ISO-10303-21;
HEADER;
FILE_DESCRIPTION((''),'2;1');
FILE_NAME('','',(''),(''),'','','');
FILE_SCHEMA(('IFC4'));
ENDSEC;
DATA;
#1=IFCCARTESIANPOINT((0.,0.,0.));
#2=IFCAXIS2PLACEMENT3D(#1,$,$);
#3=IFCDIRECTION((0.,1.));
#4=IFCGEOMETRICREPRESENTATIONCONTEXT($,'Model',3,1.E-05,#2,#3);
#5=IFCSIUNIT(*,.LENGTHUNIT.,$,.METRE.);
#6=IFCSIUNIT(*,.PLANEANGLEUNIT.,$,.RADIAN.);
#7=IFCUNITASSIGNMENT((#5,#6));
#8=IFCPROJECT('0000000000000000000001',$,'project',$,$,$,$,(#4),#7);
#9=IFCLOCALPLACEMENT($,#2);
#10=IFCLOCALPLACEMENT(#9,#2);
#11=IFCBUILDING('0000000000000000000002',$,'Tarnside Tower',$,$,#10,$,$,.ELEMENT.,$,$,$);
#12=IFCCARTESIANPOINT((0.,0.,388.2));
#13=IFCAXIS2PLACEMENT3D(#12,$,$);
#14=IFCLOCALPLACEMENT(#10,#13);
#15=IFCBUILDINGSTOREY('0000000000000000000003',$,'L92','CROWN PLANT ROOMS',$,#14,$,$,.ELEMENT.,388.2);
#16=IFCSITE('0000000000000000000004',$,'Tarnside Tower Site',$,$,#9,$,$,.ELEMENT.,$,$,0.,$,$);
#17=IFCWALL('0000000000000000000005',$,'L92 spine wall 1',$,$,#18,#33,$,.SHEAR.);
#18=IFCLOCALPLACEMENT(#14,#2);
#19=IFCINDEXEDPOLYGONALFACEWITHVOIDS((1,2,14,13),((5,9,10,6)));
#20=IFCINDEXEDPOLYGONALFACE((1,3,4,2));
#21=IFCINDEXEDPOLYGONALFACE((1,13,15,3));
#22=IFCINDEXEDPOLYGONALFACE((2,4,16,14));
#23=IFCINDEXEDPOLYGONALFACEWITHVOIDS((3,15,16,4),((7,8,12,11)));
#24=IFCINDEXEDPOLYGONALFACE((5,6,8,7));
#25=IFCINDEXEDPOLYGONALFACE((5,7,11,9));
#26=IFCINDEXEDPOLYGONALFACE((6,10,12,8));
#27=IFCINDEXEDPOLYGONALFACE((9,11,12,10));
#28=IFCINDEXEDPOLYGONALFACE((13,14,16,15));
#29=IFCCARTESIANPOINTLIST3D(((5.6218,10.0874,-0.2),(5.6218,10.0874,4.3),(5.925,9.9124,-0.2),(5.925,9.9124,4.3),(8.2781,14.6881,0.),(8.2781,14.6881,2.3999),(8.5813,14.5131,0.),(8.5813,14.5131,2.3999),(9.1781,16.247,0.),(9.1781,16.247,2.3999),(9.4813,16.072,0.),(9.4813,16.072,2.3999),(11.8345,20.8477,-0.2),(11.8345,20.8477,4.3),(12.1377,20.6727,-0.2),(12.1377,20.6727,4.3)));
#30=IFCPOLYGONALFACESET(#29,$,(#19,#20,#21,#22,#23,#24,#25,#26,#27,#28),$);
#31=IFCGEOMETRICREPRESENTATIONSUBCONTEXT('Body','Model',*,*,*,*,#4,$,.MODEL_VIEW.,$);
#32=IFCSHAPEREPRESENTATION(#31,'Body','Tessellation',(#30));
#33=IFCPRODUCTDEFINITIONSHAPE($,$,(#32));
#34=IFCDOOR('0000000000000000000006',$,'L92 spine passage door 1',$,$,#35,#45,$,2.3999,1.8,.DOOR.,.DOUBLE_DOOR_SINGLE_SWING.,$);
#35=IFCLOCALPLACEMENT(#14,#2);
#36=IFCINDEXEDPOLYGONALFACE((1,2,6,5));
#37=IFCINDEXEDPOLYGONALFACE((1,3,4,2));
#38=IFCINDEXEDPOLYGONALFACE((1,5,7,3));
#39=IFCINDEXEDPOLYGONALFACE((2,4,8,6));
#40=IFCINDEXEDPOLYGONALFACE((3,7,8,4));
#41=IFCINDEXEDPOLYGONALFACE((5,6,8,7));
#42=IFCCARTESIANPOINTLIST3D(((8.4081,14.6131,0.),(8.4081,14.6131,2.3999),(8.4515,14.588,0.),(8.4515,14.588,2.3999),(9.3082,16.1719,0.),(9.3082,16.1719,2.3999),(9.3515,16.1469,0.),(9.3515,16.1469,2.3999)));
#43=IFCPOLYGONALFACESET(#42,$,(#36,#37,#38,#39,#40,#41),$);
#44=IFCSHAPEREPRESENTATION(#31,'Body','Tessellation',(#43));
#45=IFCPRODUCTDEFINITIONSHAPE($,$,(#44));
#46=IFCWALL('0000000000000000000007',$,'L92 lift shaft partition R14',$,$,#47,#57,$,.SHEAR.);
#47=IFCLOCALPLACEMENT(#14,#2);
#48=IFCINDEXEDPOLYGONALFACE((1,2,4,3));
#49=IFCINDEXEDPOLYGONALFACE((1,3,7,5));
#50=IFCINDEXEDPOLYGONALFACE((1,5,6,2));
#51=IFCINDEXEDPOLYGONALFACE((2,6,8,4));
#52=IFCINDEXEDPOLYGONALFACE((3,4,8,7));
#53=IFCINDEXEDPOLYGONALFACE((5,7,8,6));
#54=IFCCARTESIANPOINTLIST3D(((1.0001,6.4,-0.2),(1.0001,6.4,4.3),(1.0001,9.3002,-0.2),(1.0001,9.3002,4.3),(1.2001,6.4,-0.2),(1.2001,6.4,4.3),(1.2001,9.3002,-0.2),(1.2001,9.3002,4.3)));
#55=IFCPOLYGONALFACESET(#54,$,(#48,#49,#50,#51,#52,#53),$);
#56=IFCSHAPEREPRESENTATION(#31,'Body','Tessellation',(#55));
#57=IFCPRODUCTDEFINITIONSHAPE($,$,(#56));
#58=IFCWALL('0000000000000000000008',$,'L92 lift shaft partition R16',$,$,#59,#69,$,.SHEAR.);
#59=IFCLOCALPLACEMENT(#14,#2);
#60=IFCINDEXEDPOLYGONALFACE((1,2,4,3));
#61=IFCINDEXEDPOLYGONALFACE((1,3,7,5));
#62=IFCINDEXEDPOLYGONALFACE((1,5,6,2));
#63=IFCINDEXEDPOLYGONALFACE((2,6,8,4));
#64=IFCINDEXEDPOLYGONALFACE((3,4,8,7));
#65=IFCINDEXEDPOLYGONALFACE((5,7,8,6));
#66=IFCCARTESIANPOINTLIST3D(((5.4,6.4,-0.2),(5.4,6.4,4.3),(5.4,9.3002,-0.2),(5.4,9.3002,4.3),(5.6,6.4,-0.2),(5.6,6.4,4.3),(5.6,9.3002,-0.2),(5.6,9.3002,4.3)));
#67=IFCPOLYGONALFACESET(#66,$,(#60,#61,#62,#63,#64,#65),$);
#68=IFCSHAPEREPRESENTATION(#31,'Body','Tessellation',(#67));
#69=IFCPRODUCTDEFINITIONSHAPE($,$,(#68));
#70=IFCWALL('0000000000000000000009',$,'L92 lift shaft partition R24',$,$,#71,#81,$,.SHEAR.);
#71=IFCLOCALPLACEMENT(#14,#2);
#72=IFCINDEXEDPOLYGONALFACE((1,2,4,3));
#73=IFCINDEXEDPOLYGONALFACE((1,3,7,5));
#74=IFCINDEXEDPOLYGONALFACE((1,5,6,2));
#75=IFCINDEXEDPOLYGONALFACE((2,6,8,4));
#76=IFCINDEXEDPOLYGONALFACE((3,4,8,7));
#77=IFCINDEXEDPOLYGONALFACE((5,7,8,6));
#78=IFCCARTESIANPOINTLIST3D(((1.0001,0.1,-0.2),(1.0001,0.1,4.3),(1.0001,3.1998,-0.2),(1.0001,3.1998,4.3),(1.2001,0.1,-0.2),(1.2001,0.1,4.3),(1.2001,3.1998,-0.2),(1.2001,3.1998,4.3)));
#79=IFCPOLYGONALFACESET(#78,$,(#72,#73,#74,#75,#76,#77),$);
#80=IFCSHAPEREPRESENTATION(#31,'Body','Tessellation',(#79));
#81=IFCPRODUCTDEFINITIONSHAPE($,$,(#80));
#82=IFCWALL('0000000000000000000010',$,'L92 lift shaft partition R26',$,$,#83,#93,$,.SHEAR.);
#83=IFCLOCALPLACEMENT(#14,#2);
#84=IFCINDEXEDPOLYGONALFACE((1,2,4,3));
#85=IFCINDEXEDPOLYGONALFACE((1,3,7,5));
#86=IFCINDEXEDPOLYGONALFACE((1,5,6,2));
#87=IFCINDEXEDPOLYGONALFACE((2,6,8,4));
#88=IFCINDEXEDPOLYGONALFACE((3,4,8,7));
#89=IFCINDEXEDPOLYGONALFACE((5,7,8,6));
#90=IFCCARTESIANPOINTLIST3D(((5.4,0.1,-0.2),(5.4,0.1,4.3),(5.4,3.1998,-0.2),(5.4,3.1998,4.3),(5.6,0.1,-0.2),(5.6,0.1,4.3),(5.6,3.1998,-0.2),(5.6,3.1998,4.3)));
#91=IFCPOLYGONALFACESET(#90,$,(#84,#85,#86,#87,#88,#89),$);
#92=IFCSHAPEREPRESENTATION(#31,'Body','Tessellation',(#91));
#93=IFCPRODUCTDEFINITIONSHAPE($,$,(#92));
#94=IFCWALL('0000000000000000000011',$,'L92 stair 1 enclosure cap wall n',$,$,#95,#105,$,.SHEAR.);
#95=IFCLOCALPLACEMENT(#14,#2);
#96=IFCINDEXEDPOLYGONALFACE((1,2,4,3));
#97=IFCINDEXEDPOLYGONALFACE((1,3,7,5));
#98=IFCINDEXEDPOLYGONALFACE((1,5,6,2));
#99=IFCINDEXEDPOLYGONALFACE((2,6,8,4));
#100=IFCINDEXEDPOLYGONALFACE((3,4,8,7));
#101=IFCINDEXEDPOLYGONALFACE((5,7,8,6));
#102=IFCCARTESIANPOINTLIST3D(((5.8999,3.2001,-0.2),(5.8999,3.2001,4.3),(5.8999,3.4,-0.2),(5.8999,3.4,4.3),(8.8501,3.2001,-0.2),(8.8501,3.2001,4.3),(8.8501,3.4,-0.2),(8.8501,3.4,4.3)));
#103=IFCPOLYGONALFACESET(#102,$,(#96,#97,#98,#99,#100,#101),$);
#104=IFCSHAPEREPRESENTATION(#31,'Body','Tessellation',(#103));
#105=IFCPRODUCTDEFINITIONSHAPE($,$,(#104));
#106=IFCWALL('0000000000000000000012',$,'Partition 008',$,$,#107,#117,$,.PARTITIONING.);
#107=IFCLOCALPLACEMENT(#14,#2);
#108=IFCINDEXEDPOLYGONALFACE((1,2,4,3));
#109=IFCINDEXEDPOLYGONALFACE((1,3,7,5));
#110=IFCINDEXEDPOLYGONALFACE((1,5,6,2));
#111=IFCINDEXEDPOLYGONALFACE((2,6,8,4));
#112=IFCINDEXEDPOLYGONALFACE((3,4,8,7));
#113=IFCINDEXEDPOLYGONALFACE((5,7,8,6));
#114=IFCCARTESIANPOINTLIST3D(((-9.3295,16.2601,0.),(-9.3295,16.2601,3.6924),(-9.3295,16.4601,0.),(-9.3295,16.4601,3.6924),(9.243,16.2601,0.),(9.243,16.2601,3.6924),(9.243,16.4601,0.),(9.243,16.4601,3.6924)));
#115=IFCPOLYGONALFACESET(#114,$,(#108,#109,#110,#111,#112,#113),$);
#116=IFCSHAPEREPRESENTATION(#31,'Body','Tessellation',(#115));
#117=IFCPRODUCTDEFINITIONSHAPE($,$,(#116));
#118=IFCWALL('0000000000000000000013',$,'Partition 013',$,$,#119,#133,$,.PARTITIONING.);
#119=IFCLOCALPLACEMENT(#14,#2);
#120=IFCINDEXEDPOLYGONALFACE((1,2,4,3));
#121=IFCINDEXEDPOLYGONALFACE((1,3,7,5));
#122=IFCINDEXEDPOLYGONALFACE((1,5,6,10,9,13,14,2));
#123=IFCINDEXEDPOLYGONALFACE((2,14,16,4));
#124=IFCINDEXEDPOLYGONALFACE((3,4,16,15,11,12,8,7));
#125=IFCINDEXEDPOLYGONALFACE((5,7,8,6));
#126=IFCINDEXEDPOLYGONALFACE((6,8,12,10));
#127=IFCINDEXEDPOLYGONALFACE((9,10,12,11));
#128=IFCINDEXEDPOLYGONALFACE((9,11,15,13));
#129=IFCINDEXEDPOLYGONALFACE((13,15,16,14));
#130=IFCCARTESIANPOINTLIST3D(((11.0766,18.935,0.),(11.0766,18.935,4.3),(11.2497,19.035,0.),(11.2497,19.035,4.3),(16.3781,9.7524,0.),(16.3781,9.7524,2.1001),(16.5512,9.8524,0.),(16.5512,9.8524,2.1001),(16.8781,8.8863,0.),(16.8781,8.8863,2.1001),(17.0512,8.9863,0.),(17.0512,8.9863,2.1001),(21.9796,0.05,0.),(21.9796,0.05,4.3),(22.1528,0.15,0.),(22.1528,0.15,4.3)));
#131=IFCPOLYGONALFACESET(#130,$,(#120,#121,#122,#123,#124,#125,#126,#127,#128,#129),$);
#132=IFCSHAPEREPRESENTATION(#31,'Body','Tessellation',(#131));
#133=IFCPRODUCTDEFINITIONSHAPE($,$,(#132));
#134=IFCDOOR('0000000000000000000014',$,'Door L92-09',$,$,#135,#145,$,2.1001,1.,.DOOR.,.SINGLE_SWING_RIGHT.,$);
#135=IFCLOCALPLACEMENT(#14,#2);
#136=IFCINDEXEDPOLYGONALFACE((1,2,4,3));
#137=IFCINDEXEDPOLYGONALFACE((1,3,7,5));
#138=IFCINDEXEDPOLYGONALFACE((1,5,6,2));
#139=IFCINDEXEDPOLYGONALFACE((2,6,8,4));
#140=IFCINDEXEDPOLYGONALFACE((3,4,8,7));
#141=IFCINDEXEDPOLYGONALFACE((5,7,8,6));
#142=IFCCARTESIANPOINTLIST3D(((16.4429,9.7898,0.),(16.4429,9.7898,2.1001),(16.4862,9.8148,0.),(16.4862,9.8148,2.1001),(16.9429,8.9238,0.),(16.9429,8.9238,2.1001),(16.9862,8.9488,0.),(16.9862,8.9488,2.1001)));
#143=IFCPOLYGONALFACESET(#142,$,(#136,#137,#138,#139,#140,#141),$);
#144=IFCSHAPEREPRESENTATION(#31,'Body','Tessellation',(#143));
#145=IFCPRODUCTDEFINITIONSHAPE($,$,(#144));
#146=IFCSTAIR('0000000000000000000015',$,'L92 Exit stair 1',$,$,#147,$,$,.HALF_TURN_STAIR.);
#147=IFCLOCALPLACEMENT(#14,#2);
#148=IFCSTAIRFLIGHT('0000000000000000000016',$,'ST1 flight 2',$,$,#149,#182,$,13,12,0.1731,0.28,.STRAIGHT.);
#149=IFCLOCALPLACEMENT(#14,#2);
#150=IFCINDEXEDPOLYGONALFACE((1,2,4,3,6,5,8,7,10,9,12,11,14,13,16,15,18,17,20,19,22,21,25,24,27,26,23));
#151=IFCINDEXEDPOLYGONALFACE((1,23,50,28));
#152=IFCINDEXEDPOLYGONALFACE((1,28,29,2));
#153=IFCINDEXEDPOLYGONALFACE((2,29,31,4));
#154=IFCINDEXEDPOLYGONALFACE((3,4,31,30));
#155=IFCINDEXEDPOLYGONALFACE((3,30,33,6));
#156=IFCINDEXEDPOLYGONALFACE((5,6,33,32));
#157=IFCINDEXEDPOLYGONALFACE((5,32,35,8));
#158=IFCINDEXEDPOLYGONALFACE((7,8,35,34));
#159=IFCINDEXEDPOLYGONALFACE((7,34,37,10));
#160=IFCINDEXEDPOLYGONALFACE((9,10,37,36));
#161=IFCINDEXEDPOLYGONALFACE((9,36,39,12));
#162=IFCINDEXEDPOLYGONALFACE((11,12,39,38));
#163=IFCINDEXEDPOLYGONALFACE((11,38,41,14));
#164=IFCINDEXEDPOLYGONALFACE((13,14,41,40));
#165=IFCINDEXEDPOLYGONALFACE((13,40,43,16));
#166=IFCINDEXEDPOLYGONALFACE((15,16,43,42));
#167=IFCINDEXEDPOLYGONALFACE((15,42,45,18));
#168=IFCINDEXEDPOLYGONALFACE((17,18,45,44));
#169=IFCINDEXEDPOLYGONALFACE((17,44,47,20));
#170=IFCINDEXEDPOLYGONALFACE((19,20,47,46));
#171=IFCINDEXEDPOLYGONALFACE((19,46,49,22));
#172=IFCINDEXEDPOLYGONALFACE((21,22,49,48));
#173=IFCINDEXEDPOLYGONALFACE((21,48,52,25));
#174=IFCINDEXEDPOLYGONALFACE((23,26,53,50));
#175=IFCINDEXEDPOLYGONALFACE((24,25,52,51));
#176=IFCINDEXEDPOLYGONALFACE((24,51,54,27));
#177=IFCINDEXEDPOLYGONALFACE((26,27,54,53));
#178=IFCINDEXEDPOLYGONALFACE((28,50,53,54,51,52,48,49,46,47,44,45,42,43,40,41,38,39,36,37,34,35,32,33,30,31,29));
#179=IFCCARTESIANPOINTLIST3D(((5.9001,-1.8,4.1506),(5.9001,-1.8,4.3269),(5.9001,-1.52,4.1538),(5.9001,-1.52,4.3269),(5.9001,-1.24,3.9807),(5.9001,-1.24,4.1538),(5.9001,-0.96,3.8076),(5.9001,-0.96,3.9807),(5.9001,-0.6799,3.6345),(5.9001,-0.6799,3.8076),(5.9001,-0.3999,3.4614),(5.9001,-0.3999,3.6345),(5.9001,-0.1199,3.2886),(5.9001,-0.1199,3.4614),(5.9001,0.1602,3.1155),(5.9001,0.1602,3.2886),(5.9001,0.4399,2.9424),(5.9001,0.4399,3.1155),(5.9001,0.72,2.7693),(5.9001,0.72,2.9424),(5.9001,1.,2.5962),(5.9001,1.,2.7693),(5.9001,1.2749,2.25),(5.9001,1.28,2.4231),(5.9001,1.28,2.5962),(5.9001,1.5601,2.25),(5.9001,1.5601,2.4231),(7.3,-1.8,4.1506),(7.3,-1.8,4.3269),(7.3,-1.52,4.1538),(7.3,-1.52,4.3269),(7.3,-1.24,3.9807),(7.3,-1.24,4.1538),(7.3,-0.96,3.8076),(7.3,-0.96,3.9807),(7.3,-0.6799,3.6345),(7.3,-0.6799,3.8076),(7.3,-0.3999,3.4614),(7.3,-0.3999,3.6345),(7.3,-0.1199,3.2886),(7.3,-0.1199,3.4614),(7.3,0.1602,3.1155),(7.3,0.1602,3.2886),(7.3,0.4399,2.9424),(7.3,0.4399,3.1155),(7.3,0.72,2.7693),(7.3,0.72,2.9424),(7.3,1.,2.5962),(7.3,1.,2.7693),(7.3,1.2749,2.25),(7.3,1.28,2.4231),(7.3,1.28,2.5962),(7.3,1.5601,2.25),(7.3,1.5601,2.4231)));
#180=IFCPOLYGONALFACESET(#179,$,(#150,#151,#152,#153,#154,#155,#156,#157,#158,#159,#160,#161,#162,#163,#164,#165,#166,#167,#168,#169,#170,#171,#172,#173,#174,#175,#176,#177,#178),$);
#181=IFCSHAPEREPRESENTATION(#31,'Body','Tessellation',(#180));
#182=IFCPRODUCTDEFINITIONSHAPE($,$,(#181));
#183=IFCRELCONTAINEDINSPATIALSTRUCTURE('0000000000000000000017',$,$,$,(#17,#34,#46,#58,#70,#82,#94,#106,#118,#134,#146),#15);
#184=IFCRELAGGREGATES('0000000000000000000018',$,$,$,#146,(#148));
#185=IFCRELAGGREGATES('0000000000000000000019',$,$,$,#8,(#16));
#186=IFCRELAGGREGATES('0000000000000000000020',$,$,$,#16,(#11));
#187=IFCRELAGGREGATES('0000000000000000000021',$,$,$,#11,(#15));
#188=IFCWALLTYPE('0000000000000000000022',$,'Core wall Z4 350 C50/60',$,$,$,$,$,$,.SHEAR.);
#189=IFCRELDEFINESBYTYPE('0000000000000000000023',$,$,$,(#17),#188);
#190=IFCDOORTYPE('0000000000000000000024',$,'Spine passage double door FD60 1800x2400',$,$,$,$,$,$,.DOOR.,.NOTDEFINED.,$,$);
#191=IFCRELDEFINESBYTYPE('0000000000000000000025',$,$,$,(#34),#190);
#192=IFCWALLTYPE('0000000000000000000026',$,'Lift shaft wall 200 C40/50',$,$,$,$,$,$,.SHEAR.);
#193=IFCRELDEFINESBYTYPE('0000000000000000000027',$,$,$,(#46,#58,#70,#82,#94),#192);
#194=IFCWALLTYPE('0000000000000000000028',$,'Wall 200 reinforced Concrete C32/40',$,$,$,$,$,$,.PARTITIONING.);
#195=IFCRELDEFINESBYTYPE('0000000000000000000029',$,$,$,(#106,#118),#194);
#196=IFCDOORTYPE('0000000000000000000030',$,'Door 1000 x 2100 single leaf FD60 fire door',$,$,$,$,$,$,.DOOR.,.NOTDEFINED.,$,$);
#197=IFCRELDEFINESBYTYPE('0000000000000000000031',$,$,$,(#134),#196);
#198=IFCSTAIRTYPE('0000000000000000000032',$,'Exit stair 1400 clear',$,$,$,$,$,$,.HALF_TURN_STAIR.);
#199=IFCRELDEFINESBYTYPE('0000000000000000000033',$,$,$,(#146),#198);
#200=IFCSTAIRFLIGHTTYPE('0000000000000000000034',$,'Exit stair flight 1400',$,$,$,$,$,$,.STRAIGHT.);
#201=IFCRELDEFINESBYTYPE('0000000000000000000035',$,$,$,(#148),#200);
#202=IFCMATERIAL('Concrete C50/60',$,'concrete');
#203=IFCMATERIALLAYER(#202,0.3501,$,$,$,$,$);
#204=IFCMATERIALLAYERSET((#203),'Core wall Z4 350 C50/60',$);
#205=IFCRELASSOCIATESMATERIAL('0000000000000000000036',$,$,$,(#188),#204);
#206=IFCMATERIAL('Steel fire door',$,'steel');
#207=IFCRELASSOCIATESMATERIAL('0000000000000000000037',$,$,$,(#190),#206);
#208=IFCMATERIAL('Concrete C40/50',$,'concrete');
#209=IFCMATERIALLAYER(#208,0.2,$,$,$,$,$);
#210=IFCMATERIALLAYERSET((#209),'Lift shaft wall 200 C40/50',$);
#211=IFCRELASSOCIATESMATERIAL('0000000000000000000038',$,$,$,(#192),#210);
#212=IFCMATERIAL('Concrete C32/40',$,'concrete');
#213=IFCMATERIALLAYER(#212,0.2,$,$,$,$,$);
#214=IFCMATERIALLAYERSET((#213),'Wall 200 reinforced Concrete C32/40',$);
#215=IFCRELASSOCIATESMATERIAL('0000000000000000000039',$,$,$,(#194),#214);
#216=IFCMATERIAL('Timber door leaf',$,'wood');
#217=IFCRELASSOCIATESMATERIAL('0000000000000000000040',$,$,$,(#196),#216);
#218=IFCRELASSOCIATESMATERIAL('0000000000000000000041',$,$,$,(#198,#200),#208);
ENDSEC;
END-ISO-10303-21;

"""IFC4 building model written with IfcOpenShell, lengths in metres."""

from ifc_helpers import new_model, si_unit, direction, frame, frame_2d, origin, place, context, subcontext, project, spatial, polyline, rectangle, outline, extrude, material, layer, layer_set, type_object, element, fill, aggregate, save


model = new_model("IFC4")

# Units and contexts
model_context = context("Model", 3, precision=1e-05, world=origin(), true_north=direction((0.0, 1.0)))
body_context = subcontext(model_context, "Body", "Model", "MODEL_VIEW")
ifc_project = project(units=[si_unit("LENGTHUNIT", "METRE"), si_unit("PLANEANGLEUNIT", "RADIAN")], contexts=[model_context])

# Site, building, storey
site_placement = place(None, origin())
site = spatial("IfcSite", under=ifc_project, at=site_placement, Name="Tarnside Tower Site", CompositionType="ELEMENT", RefElevation=0.0)
building_placement = place(site_placement, origin())
building = spatial("IfcBuilding", under=site, at=building_placement, Name="Tarnside Tower", CompositionType="ELEMENT")
storey_placement = place(building_placement, frame((0.0, 0.0, 388.2)))
storey = spatial("IfcBuildingStorey", under=building, at=storey_placement, Name="L92", Description="CROWN PLANT ROOMS", CompositionType="ELEMENT", Elevation=388.2)

# Shared definitions
ifc_material_1 = material(Name="Concrete C40/50", Category="concrete")

# Shared definitions
ifc_material_2 = material(Name="Concrete C50/60", Category="concrete")
ifc_layer_1 = layer(ifc_material_2, 0.3501)
ifc_layer_set_1 = layer_set([ifc_layer_1], Name="Core wall Z4 350 C50/60")
wall_type_1 = type_object("IfcWallType", Name="Core wall Z4 350 C50/60", PredefinedType="SHEAR", material=ifc_layer_set_1)
ifc_material_3 = material(Name="Steel fire door", Category="steel")

# Wall, opening, door
wall_1_placement = place(storey_placement, frame((5.7734, 10.0, -0.2), z_axis=(0.0, 0.0, 1.0), x_axis=(0.500013, 0.866018, 0.0)))
wall_1 = element("IfcWall", 1, at=wall_1_placement, inside=storey, type_object=wall_type_1, Name="L92 spine wall 1", PredefinedType="SHEAR", context=body_context, shape_type="SweptSolid", body=[
    extrude(rectangle(XDim=12.425, YDim=0.3501, at=frame_2d((6.2124, 0.0))), origin(), (0.0, 0.0, 1.0), 4.5),
])
opening_1_placement = place(wall_1_placement, frame((5.3125, 0.0, 0.2)))
opening_1 = element("IfcOpeningElement", 2, at=opening_1_placement, cuts=wall_1, PredefinedType="OPENING", context=body_context, shape_type="SweptSolid", body=[
    extrude(rectangle(XDim=1.8, YDim=2.3999, at=frame_2d((0.8999, 1.2))), frame((0.0, 0.1851, 0.0), z_axis=(0.0, -1.0, 0.0), x_axis=(1.0, 0.0, 0.0)), (0.0, 0.0, 1.0), 0.3701),
])
door_type_1 = type_object("IfcDoorType", Name="Spine passage double door FD60 1800x2400", OperationType="NOTDEFINED", PredefinedType="DOOR", material=ifc_material_3)
door_1_placement = place(opening_1_placement, origin())
door_1 = element("IfcDoor", 3, at=door_1_placement, inside=storey, type_object=door_type_1, Name="L92 spine passage door 1", OperationType="DOUBLE_DOOR_SINGLE_SWING", OverallHeight=2.3999, OverallWidth=1.8, PredefinedType="DOOR", context=body_context, shape_type="SweptSolid", body=[
    extrude(rectangle(XDim=1.8, YDim=2.3999, at=frame_2d((0.8999, 1.2))), frame((0.0, 0.0249, 0.0), z_axis=(0.0, -1.0, 0.0), x_axis=(1.0, 0.0, 0.0)), (0.0, 0.0, 1.0), 0.05),
])
fill(opening_1, door_1)

# Walls
ifc_layer_2 = layer(ifc_material_1, 0.2)
ifc_layer_set_2 = layer_set([ifc_layer_2], Name="Lift shaft wall 200 C40/50")
wall_type_2 = type_object("IfcWallType", Name="Lift shaft wall 200 C40/50", PredefinedType="SHEAR", material=ifc_layer_set_2)
for number, where, z_axis, x_axis, name in (
    (4, (1.1001, 6.3999, -0.2), (0.0, 0.0, 1.0), (0.0, 1.0, 0.0), "L92 lift shaft partition R14"),
    (5, (5.5, 6.3999, -0.2), (0.0, 0.0, 1.0), (0.0, 1.0, 0.0), "L92 lift shaft partition R16"),
):
    element("IfcWall", number, at=place(storey_placement, frame(where, z_axis=z_axis, x_axis=x_axis)), inside=storey, type_object=wall_type_2, Name=name, PredefinedType="SHEAR", context=body_context, shape_type="SweptSolid", body=[
        extrude(rectangle(XDim=2.9001, YDim=0.2, at=frame_2d((1.4502, 0.0))), origin(), (0.0, 0.0, 1.0), 4.5),
    ])
for number, where, z_axis, x_axis, name in (
    (6, (1.1001, 0.1001, -0.2), (0.0, 0.0, 1.0), (0.0, 1.0, 0.0), "L92 lift shaft partition R24"),
    (7, (5.5, 0.1001, -0.2), (0.0, 0.0, 1.0), (0.0, 1.0, 0.0), "L92 lift shaft partition R26"),
):
    element("IfcWall", number, at=place(storey_placement, frame(where, z_axis=z_axis, x_axis=x_axis)), inside=storey, type_object=wall_type_2, Name=name, PredefinedType="SHEAR", context=body_context, shape_type="SweptSolid", body=[
        extrude(rectangle(XDim=3.0999, YDim=0.2, at=frame_2d((1.5498, 0.0))), origin(), (0.0, 0.0, 1.0), 4.5),
    ])
wall_2_placement = place(storey_placement, frame((5.8999, 3.3, -0.2), z_axis=(0.0, 0.0, 1.0), x_axis=(1.0, 0.0, 0.0)))
element("IfcWall", 8, at=wall_2_placement, inside=storey, type_object=wall_type_2, Name="L92 stair 1 enclosure cap wall n", PredefinedType="SHEAR", context=body_context, shape_type="SweptSolid", body=[
    extrude(rectangle(XDim=2.9502, YDim=0.2, at=frame_2d((1.4751, 0.0))), origin(), (0.0, 0.0, 1.0), 4.5),
])
ifc_material_4 = material(Name="Concrete C32/40", Category="concrete")
ifc_layer_3 = layer(ifc_material_4, 0.2)
ifc_layer_set_3 = layer_set([ifc_layer_3], Name="Wall 200 reinforced Concrete C32/40")
wall_type_3 = type_object("IfcWallType", Name="Wall 200 reinforced Concrete C32/40", PredefinedType="PARTITIONING", material=ifc_layer_set_3)
wall_3_placement = place(storey_placement, frame((9.2429, 16.3601, 0.0), z_axis=(0.0, 0.0, 1.0), x_axis=(-1.0, 0.0, 0.0)))
element("IfcWall", 9, at=wall_3_placement, inside=storey, type_object=wall_type_3, Name="Partition 008", PredefinedType="PARTITIONING", context=body_context, shape_type="SweptSolid", body=[
    extrude(rectangle(XDim=18.5725, YDim=0.2, at=frame_2d((9.2861, 0.0))), origin(), (0.0, 0.0, 1.0), 3.6924),
])

# Wall, opening, door
wall_4_placement = place(storey_placement, frame((11.1631, 18.9851, 0.0), z_axis=(0.0, 0.0, 1.0), x_axis=(0.499993, -0.866029, 0.0)))
wall_4 = element("IfcWall", 10, at=wall_4_placement, inside=storey, type_object=wall_type_3, Name="Partition 013", PredefinedType="PARTITIONING", context=body_context, shape_type="SweptSolid", body=[
    extrude(rectangle(XDim=21.8064, YDim=0.2, at=frame_2d((10.9033, 0.0))), origin(), (0.0, 0.0, 1.0), 4.3),
])
opening_2_placement = place(wall_4_placement, frame((10.6033, 0.0, 0.0)))
opening_2 = element("IfcOpeningElement", 11, at=opening_2_placement, cuts=wall_4, PredefinedType="OPENING", context=body_context, shape_type="SweptSolid", body=[
    extrude(rectangle(XDim=1.0, YDim=2.1001, at=frame_2d((0.5, 1.05))), frame((0.0, 0.1099, 0.0), z_axis=(0.0, -1.0, 0.0), x_axis=(1.0, 0.0, 0.0)), (0.0, 0.0, 1.0), 0.22),
])
ifc_material_5 = material(Name="Timber door leaf", Category="wood")
door_type_2 = type_object("IfcDoorType", Name="Door 1000 x 2100 single leaf FD60 fire door", OperationType="NOTDEFINED", PredefinedType="DOOR", material=ifc_material_5)
door_2_placement = place(opening_2_placement, origin())
door_2 = element("IfcDoor", 12, at=door_2_placement, inside=storey, type_object=door_type_2, Name="Door L92-09", OperationType="SINGLE_SWING_RIGHT", OverallHeight=2.1001, OverallWidth=1.0, PredefinedType="DOOR", context=body_context, shape_type="SweptSolid", body=[
    extrude(rectangle(XDim=1.0, YDim=2.1001, at=frame_2d((0.5, 1.05))), frame((0.0, 0.0249, 0.0), z_axis=(0.0, -1.0, 0.0), x_axis=(1.0, 0.0, 0.0)), (0.0, 0.0, 1.0), 0.05),
])
fill(opening_2, door_2)

# Stair, stair flight
stair_type = type_object("IfcStairType", Name="Exit stair 1400 clear", PredefinedType="HALF_TURN_STAIR", material=ifc_material_1)
stair_placement = place(storey_placement, origin())
stair = element("IfcStair", 13, at=stair_placement, inside=storey, type_object=stair_type, Name="L92 Exit stair 1", PredefinedType="HALF_TURN_STAIR")
stair_flight_type = type_object("IfcStairFlightType", Name="Exit stair flight 1400", PredefinedType="STRAIGHT", material=ifc_material_1)
stair_flight_placement = place(storey_placement, frame((6.6001, 1.5601, 2.25), z_axis=(0.0, 0.0, 1.0), x_axis=(0.0, -1.0, 0.0)))
stair_flight = element("IfcStairFlight", 14, at=stair_flight_placement, type_object=stair_flight_type, Name="ST1 flight 2", NumberOfRisers=13, NumberOfTreads=12, PredefinedType="STRAIGHT", RiserHeight=0.1731, TreadLength=0.28, context=body_context, shape_type="SweptSolid", body=[
    extrude(outline(polyline([(0.0, 0.0), (0.0, 0.1731), (0.28, 0.1731), (0.28, 0.3462), (0.5601, 0.3462), (0.5601, 0.5193), (0.8401, 0.5193), (0.8401, 0.6924), (1.1201, 0.6924), (1.1201, 0.8655), (1.3999, 0.8655), (1.3999, 1.0386), (1.6799, 1.0386), (1.6799, 1.2114), (1.96, 1.2114), (1.96, 1.3845), (2.24, 1.3845), (2.24, 1.5576), (2.52, 1.5576), (2.52, 1.7307), (2.8, 1.7307), (2.8, 1.9038), (3.0801, 1.9038), (3.0801, 2.0769), (3.3601, 2.0769), (3.3601, 2.25), (3.3601, 1.9006), (0.2852, 0.0), (0.0, 0.0)])), frame((0.0, 0.7, 0.0), z_axis=(0.0, -1.0, 0.0), x_axis=(1.0, 0.0, 0.0)), (0.0, 0.0, 1.0), 1.3999),
])
aggregate(stair, [stair_flight])

save(model, "model.ifc")
